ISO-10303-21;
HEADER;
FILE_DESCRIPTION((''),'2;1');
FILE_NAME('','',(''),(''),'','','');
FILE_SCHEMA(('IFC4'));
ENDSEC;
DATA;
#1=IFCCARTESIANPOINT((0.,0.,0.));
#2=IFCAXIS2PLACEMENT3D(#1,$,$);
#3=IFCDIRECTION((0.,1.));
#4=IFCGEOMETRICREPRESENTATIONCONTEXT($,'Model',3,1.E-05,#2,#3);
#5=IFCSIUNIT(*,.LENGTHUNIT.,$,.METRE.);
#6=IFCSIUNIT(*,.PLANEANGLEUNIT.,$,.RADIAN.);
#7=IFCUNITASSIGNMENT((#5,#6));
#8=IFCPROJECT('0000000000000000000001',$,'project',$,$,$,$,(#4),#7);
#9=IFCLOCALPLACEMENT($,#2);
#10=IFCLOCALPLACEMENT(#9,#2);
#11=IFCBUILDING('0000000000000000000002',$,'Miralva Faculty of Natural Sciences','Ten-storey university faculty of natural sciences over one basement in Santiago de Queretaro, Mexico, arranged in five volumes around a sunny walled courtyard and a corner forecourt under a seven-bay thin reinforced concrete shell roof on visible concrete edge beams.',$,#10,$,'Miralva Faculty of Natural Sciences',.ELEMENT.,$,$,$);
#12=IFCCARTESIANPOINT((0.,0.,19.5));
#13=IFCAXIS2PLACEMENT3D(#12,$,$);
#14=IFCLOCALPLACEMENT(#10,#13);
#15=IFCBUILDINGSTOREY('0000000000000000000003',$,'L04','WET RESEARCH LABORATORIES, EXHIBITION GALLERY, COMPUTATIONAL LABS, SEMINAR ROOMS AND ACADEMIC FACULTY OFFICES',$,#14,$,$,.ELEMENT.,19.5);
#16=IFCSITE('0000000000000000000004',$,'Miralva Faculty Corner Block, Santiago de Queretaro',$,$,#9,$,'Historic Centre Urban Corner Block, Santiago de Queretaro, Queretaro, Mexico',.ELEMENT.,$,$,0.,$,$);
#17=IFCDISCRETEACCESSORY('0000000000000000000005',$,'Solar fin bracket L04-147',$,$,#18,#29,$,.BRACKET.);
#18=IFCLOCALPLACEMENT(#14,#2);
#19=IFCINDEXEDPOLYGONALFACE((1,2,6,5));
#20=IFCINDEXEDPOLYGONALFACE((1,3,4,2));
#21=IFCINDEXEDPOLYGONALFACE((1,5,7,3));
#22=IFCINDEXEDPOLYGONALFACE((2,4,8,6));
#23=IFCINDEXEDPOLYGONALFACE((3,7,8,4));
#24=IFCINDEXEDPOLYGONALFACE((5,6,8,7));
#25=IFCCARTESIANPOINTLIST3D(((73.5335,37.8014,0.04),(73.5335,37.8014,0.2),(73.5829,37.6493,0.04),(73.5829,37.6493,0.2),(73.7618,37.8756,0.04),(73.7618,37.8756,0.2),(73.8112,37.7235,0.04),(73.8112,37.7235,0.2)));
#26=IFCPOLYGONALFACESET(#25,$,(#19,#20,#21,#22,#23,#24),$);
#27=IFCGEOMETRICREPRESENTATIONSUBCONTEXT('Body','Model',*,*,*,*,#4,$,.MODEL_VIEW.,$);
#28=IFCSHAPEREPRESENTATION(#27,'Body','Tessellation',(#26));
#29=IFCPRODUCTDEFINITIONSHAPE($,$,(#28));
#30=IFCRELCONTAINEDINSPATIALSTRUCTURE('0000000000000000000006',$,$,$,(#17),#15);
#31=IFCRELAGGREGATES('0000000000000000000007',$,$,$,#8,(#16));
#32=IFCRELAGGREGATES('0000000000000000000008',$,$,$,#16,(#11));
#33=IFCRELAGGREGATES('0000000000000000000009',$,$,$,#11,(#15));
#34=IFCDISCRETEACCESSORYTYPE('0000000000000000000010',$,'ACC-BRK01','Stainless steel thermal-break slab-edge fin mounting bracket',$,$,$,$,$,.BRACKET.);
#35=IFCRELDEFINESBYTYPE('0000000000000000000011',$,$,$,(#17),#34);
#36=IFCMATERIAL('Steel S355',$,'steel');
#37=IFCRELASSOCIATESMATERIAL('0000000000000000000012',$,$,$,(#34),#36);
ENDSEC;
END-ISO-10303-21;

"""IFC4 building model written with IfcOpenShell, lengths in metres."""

from ifc_helpers import new_model, si_unit, direction, frame, origin, origin_2d, place, context, subcontext, project, spatial, rectangle, extrude, material, type_object, element, save


model = new_model("IFC4")

# Units and contexts
model_context = context("Model", 3, precision=1e-05, world=origin(), true_north=direction((0.0, 1.0)))
body_context = subcontext(model_context, "Body", "Model", "MODEL_VIEW")
ifc_project = project(units=[si_unit("LENGTHUNIT", "METRE"), si_unit("PLANEANGLEUNIT", "RADIAN")], contexts=[model_context])

# Site, building, storey
site_placement = place(None, origin())
site = spatial("IfcSite", under=ifc_project, at=site_placement, Name="Miralva Faculty Corner Block, Santiago de Queretaro", LongName="Historic Centre Urban Corner Block, Santiago de Queretaro, Queretaro, Mexico", CompositionType="ELEMENT", RefElevation=0.0)
building_placement = place(site_placement, origin())
building = spatial("IfcBuilding", under=site, at=building_placement, Name="Miralva Faculty of Natural Sciences", Description="Ten-storey university faculty of natural sciences over one basement in Santiago de Queretaro, Mexico, arranged in five volumes around a sunny walled courtyard and a corner forecourt under a seven-bay thin reinforced concrete shell roof on visible concrete edge beams.", LongName="Miralva Faculty of Natural Sciences", CompositionType="ELEMENT")
storey_placement = place(building_placement, frame((0.0, 0.0, 19.5)))
storey = spatial("IfcBuildingStorey", under=building, at=storey_placement, Name="L04", Description="WET RESEARCH LABORATORIES, EXHIBITION GALLERY, COMPUTATIONAL LABS, SEMINAR ROOMS AND ACADEMIC FACULTY OFFICES", CompositionType="ELEMENT", Elevation=19.5)

# Discrete accessory
ifc_material_1 = material(Name="Steel S355", Category="steel")
discrete_accessory_type = type_object("IfcDiscreteAccessoryType", Name="ACC-BRK01", Description="Stainless steel thermal-break slab-edge fin mounting bracket", PredefinedType="BRACKET", material=ifc_material_1)
for number, where, z_axis, x_axis, name in (
    (1, (73.6724, 37.7625, 0.04), (0.0, 0.0, 1.0), (-0.309017, 0.951057, 0.0), "Solar fin bracket L04-147"),
):
    element("IfcDiscreteAccessory", number, at=place(storey_placement, frame(where, z_axis=z_axis, x_axis=x_axis)), inside=storey, type_object=discrete_accessory_type, Name=name, PredefinedType="BRACKET", context=body_context, shape_type="SweptSolid", body=[
        extrude(rectangle(XDim=0.1599, YDim=0.24, at=origin_2d()), origin(), (0.0, 0.0, 1.0), 0.1599),
    ])

save(model, "model.ifc")
